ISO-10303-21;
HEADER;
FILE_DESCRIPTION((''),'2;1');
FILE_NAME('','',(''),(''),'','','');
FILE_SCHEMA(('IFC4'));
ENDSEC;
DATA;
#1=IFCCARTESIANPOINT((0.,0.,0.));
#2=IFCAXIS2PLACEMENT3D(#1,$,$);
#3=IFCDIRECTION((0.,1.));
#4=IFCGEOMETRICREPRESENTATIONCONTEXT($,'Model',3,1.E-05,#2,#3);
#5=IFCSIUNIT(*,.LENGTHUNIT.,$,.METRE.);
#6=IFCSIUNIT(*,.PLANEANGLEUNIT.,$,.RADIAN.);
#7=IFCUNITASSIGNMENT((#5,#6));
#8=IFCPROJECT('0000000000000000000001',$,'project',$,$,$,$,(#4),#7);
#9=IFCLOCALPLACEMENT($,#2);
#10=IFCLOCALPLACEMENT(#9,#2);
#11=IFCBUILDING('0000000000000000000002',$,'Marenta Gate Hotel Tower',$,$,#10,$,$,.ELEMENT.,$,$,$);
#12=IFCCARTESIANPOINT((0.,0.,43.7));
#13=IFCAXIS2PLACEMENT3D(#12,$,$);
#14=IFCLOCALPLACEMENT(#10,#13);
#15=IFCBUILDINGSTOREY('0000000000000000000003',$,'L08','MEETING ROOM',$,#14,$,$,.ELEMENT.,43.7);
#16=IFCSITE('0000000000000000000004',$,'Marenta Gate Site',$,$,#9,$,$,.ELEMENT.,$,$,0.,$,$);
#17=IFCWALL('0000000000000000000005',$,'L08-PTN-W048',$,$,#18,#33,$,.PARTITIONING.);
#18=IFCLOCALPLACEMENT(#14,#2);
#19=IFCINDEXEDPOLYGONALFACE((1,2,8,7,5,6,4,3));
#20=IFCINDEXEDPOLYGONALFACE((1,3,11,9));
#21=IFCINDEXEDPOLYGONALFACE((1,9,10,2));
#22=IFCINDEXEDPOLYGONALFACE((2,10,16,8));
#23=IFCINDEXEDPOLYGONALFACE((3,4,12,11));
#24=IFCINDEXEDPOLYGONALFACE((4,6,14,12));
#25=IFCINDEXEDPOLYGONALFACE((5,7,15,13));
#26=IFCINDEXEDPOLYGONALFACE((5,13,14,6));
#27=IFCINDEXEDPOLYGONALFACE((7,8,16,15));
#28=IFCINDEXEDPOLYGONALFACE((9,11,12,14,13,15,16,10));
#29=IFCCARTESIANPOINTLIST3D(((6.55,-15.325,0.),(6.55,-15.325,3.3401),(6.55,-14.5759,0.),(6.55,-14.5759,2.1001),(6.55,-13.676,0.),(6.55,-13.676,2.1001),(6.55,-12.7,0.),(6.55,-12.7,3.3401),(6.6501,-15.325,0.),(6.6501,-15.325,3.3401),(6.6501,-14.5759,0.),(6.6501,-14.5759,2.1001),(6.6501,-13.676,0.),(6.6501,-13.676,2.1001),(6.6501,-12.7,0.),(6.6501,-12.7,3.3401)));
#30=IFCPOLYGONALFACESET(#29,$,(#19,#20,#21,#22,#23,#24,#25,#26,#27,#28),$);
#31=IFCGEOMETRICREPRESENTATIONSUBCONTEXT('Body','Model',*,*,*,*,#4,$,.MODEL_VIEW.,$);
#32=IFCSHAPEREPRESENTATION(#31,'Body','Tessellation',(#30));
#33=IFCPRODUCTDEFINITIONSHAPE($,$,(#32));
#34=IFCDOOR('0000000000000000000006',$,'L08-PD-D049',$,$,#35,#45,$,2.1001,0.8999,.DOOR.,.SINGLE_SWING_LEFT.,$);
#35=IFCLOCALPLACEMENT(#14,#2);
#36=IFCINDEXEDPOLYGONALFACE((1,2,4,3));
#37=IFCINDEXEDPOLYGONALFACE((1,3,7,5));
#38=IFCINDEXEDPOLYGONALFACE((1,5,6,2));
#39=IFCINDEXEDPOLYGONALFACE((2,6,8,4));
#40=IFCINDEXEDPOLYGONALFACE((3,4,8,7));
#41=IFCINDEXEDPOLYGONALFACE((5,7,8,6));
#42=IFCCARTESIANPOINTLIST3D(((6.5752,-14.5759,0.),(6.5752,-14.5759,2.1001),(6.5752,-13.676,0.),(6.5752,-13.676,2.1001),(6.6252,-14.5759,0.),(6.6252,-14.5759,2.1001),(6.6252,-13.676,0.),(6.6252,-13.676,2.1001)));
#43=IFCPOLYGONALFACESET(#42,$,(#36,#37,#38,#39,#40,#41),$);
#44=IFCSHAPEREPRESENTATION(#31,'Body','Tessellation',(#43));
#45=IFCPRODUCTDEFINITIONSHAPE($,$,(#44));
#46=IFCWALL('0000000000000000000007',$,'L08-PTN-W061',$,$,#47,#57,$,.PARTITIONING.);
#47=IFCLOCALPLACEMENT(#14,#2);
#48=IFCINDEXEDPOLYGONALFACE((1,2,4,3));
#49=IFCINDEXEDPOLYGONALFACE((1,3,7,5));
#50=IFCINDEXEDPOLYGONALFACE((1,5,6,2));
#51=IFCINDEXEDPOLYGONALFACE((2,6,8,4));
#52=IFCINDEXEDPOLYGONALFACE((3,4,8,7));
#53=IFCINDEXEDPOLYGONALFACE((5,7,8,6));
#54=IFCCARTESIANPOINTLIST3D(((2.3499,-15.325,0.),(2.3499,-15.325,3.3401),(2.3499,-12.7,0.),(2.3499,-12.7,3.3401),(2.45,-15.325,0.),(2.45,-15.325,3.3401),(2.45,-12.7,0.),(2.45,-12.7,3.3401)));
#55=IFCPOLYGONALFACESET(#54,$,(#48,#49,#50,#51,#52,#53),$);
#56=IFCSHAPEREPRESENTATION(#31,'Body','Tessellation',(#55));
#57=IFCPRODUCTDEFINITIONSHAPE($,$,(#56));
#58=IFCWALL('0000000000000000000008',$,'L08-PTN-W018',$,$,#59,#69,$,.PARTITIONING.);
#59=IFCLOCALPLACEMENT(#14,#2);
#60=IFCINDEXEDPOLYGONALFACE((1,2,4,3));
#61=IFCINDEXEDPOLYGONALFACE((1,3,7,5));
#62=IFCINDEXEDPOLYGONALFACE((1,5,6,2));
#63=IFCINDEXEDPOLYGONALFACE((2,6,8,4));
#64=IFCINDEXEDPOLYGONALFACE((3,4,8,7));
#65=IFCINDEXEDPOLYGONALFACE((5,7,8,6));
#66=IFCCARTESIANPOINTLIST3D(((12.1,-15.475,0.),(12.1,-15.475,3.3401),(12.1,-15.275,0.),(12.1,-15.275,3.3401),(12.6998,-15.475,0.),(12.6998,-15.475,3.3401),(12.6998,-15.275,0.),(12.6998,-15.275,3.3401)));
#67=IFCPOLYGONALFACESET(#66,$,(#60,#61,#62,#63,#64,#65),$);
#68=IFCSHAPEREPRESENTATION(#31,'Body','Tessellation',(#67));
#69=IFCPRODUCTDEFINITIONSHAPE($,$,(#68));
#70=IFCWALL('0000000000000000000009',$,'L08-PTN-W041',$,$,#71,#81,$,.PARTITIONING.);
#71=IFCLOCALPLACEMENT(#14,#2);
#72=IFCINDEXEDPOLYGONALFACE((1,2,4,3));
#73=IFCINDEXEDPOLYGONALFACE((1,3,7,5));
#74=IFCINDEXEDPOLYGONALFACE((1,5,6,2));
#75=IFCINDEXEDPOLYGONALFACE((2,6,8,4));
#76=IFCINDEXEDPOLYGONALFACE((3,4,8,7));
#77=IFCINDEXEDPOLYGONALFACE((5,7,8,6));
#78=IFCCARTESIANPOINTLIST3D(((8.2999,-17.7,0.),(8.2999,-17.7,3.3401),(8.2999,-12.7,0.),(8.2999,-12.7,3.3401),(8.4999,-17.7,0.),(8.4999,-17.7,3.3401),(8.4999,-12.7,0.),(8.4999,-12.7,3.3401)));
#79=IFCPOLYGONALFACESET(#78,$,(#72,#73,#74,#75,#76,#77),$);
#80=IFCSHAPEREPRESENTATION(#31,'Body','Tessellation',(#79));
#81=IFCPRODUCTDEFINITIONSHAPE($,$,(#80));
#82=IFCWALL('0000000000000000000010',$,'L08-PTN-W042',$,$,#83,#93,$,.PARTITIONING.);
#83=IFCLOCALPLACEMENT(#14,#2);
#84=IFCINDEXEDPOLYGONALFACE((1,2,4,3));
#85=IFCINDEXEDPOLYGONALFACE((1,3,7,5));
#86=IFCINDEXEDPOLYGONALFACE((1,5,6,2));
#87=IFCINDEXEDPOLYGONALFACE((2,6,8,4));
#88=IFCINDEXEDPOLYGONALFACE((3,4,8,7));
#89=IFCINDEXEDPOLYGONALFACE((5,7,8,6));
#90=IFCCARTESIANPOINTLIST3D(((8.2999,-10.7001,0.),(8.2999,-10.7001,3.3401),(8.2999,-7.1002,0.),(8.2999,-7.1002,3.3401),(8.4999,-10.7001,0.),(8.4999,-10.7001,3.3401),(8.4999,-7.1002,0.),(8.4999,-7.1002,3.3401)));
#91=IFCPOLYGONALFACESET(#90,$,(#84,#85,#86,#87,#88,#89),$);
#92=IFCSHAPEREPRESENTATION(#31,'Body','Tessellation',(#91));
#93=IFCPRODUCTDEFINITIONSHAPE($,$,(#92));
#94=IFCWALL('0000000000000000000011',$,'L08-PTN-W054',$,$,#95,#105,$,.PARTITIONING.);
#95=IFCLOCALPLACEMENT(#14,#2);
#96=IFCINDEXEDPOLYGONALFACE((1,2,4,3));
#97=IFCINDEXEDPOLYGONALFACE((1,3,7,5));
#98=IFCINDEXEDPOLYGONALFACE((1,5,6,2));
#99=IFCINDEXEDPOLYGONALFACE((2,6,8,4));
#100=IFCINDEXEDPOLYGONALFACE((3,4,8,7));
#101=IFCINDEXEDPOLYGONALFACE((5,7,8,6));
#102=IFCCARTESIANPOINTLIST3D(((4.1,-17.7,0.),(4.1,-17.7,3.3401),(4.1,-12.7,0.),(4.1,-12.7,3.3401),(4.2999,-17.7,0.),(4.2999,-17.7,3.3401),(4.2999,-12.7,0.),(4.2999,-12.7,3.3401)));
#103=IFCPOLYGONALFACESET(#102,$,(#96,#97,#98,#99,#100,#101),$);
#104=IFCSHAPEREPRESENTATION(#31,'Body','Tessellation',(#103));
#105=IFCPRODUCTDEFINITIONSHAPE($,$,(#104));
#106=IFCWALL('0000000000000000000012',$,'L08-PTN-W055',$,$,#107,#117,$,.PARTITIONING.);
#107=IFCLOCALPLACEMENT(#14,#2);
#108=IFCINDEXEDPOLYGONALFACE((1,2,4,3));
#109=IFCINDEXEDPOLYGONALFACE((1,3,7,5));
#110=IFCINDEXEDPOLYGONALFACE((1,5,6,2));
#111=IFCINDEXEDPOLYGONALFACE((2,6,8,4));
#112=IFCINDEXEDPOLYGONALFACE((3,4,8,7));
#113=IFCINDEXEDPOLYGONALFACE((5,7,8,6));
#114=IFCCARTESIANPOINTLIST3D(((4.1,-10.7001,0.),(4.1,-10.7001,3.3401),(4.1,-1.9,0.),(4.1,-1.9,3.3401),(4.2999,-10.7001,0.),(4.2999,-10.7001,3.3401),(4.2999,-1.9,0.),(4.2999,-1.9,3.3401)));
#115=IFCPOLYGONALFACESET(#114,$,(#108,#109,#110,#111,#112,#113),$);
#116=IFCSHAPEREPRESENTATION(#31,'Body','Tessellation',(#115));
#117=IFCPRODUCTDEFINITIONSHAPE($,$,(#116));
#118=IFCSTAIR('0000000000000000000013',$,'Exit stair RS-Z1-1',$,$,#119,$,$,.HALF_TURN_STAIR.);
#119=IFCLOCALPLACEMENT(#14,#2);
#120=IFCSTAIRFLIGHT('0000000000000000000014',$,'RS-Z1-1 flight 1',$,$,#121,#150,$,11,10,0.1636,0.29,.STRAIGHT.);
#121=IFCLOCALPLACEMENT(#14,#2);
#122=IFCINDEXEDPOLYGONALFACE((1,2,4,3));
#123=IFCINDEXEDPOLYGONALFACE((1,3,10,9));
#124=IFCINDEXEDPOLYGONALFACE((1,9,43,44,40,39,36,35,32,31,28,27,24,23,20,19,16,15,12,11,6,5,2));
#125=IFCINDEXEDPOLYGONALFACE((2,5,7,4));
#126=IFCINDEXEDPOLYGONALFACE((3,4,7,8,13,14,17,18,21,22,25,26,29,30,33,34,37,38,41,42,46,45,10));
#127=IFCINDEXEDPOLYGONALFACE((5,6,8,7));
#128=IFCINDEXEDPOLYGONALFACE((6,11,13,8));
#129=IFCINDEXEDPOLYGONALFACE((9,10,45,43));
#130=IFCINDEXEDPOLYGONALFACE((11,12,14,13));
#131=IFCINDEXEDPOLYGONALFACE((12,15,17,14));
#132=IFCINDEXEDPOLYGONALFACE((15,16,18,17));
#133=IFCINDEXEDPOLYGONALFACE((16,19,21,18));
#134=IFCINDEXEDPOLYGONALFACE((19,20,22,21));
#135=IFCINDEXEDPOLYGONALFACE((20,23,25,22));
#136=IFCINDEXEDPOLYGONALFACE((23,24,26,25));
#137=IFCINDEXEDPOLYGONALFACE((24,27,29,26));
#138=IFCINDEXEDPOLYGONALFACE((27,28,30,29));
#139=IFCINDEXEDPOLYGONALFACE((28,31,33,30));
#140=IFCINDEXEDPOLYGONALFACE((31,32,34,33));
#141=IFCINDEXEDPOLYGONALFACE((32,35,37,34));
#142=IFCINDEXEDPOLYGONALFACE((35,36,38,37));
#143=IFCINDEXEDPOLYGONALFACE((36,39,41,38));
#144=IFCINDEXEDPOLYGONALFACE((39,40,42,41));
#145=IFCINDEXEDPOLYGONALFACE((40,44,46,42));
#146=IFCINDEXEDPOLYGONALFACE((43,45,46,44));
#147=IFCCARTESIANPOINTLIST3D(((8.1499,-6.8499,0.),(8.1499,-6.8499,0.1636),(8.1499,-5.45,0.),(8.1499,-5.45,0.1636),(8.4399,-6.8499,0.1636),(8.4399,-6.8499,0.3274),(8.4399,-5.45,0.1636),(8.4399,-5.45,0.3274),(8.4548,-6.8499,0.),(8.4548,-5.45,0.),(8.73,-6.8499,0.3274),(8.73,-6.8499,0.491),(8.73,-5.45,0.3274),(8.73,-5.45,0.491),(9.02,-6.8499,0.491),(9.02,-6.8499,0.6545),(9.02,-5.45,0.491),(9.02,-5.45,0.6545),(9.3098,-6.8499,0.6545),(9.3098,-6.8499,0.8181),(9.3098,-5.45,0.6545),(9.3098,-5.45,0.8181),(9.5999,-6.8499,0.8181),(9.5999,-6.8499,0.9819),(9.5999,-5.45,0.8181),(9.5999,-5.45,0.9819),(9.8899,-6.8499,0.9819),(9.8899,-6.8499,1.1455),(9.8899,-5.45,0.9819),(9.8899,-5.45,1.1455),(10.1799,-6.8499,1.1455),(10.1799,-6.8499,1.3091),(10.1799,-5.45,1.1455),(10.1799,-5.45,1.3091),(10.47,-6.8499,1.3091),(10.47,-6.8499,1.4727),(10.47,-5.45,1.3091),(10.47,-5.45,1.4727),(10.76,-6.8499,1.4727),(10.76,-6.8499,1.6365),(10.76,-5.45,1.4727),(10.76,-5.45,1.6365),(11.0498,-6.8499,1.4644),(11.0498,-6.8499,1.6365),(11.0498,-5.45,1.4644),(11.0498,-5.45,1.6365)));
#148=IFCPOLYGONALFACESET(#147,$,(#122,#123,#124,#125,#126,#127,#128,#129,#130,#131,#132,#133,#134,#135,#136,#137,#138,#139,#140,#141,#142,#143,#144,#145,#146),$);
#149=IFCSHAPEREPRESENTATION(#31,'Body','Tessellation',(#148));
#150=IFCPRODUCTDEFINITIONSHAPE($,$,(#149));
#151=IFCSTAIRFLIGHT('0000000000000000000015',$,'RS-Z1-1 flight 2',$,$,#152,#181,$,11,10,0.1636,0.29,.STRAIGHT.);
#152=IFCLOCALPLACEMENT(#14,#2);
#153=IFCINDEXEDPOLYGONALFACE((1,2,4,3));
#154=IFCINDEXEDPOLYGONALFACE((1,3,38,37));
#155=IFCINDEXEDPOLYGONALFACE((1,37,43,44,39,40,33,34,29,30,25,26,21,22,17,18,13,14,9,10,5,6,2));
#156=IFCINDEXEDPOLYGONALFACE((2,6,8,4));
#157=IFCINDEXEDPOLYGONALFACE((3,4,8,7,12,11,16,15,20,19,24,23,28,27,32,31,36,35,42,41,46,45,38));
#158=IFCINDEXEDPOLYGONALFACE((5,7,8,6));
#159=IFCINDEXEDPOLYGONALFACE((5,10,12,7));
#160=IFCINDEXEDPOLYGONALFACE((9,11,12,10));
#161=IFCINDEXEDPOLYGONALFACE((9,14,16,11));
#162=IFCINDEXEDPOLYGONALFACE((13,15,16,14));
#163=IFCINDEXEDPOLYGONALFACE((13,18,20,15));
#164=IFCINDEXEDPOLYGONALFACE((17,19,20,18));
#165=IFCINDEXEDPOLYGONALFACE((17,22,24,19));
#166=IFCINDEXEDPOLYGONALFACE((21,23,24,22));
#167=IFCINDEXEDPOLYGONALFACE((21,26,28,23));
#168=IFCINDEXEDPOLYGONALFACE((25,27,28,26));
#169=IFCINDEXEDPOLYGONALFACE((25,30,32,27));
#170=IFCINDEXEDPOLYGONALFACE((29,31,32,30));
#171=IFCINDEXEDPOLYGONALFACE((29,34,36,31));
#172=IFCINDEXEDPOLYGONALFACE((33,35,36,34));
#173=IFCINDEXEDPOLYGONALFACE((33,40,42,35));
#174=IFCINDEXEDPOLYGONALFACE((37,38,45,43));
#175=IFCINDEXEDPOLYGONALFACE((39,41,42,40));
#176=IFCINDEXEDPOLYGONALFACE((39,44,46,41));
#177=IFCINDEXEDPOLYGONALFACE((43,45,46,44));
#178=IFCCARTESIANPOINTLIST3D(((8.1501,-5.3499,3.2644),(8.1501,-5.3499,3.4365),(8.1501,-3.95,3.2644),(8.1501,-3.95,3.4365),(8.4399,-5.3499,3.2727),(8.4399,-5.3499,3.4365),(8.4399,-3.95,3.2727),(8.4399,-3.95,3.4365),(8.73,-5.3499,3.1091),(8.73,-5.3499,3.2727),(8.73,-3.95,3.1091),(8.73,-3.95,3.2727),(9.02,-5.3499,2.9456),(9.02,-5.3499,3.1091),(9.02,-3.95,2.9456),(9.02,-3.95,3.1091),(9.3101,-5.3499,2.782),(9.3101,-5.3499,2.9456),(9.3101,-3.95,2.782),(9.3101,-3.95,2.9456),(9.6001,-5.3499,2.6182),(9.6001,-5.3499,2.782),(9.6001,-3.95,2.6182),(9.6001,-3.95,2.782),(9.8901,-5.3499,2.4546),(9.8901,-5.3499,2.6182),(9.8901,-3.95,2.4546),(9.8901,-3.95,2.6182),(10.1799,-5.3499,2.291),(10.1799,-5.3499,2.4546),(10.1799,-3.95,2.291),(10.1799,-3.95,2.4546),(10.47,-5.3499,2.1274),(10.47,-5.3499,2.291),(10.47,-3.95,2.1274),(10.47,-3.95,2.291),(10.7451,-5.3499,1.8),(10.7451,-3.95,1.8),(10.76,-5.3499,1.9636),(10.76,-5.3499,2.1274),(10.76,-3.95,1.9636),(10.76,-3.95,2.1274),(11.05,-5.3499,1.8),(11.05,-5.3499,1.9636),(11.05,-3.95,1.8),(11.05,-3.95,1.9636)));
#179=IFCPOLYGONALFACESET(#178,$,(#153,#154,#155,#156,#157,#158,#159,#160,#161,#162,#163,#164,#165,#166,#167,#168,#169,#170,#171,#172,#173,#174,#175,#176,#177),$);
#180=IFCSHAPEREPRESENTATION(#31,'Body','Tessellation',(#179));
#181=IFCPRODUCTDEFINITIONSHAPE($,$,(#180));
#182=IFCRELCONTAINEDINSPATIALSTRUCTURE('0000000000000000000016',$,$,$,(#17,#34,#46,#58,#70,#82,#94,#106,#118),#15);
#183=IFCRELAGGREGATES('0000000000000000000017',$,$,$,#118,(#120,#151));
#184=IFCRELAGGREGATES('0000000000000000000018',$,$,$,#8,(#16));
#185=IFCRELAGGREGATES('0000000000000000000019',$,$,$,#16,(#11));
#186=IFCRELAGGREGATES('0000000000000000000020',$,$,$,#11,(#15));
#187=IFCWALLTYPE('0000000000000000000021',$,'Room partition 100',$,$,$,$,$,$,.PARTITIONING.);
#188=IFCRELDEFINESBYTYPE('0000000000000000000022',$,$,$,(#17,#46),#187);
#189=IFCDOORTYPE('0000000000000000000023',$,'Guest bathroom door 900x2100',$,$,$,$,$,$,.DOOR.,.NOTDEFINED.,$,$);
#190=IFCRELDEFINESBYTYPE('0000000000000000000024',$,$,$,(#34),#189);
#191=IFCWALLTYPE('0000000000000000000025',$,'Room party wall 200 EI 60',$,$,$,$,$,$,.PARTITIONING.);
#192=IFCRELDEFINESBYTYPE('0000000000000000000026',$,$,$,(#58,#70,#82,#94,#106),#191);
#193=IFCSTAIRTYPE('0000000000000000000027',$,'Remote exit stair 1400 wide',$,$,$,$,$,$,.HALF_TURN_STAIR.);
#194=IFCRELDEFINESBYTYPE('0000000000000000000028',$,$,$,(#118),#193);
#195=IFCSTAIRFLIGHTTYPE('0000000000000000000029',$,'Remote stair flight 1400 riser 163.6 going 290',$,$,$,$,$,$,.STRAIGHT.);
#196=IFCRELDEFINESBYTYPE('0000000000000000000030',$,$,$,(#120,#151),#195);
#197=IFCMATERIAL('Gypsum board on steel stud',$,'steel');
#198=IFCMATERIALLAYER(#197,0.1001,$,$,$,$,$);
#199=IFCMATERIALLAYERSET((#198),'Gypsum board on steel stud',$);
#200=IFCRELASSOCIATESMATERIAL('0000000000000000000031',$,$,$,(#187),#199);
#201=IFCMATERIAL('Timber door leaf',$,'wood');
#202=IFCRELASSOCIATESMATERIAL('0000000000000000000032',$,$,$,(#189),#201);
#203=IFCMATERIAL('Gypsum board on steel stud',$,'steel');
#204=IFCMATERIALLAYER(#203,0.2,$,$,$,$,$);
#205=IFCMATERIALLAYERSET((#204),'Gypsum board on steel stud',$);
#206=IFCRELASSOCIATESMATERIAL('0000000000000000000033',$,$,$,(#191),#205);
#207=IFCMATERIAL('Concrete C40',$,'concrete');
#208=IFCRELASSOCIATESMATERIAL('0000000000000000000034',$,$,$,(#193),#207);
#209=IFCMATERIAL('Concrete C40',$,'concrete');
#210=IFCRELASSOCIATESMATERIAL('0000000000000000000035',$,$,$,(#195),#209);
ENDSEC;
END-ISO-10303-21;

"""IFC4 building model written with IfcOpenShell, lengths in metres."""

from ifc_helpers import new_model, si_unit, direction, frame, frame_2d, origin, place, context, subcontext, project, spatial, polyline, rectangle, outline, extrude, material, layer, layer_set, type_object, element, fill, aggregate, save


model = new_model("IFC4")

# Units and contexts
model_context = context("Model", 3, precision=1e-05, world=origin(), true_north=direction((0.0, 1.0)))
body_context = subcontext(model_context, "Body", "Model", "MODEL_VIEW")
ifc_project = project(units=[si_unit("LENGTHUNIT", "METRE"), si_unit("PLANEANGLEUNIT", "RADIAN")], contexts=[model_context])

# Site, building, storey
site_placement = place(None, origin())
site = spatial("IfcSite", under=ifc_project, at=site_placement, Name="Marenta Gate Site", CompositionType="ELEMENT", RefElevation=0.0)
building_placement = place(site_placement, origin())
building = spatial("IfcBuilding", under=site, at=building_placement, Name="Marenta Gate Hotel Tower", CompositionType="ELEMENT")
storey_placement = place(building_placement, frame((0.0, 0.0, 43.7)))
storey = spatial("IfcBuildingStorey", under=building, at=storey_placement, Name="L08", Description="MEETING ROOM", CompositionType="ELEMENT", Elevation=43.7)

# Shared definitions
ifc_material_1 = material(Name="Gypsum board on steel stud", Category="steel")
ifc_layer_1 = layer(ifc_material_1, 0.1001)
ifc_layer_set_1 = layer_set([ifc_layer_1], Name="Gypsum board on steel stud")
wall_type_1 = type_object("IfcWallType", Name="Room partition 100", PredefinedType="PARTITIONING", material=ifc_layer_set_1)

# Wall, opening, door
ifc_material_2 = material(Name="Timber door leaf", Category="wood")
door_type_1 = type_object("IfcDoorType", Name="Guest bathroom door 900x2100", OperationType="NOTDEFINED", PredefinedType="DOOR", material=ifc_material_2)
wall_1_placement = place(storey_placement, frame((6.6001, -15.325, 0.0), z_axis=(0.0, 0.0, 1.0), x_axis=(0.0, 1.0, 0.0)))
wall_1 = element("IfcWall", 1, at=wall_1_placement, inside=storey, type_object=wall_type_1, Name="L08-PTN-W048", PredefinedType="PARTITIONING", context=body_context, shape_type="SweptSolid", body=[
    extrude(rectangle(XDim=2.625, YDim=0.1001, at=frame_2d((1.3125, 0.0))), origin(), (0.0, 0.0, 1.0), 3.3401),
])
opening_1_placement = place(wall_1_placement, frame((0.749, 0.0, 0.0)))
opening_1 = element("IfcOpeningElement", 2, at=opening_1_placement, cuts=wall_1, PredefinedType="OPENING", context=body_context, shape_type="SweptSolid", body=[
    extrude(rectangle(XDim=0.8999, YDim=2.1001, at=frame_2d((0.45, 1.05))), frame((0.0, 0.05, 0.0), z_axis=(0.0, -1.0, 0.0), x_axis=(1.0, 0.0, 0.0)), (0.0, 0.0, 1.0), 0.1001),
])
door_1_placement = place(opening_1_placement, origin())
door_1 = element("IfcDoor", 3, at=door_1_placement, inside=storey, type_object=door_type_1, Name="L08-PD-D049", OperationType="SINGLE_SWING_LEFT", OverallHeight=2.1001, OverallWidth=0.8999, PredefinedType="DOOR", context=body_context, shape_type="SweptSolid", body=[
    extrude(rectangle(XDim=0.8999, YDim=2.1001, at=frame_2d((0.45, 1.05))), frame((0.0, 0.0249, 0.0), z_axis=(0.0, -1.0, 0.0), x_axis=(1.0, 0.0, 0.0)), (0.0, 0.0, 1.0), 0.05),
])
fill(opening_1, door_1)

# Walls
wall_2_placement = place(storey_placement, frame((2.3999, -15.325, 0.0), z_axis=(0.0, 0.0, 1.0), x_axis=(0.0, 1.0, 0.0)))
element("IfcWall", 4, at=wall_2_placement, inside=storey, type_object=wall_type_1, Name="L08-PTN-W061", PredefinedType="PARTITIONING", context=body_context, shape_type="SweptSolid", body=[
    extrude(rectangle(XDim=2.625, YDim=0.1001, at=frame_2d((1.3125, 0.0))), origin(), (0.0, 0.0, 1.0), 3.3401),
])
ifc_material_3 = material(Name="Gypsum board on steel stud", Category="steel")
ifc_layer_2 = layer(ifc_material_3, 0.2)
ifc_layer_set_2 = layer_set([ifc_layer_2], Name="Gypsum board on steel stud")
wall_type_2 = type_object("IfcWallType", Name="Room party wall 200 EI 60", PredefinedType="PARTITIONING", material=ifc_layer_set_2)
wall_3_placement = place(storey_placement, frame((12.1001, -15.375, 0.0), z_axis=(0.0, 0.0, 1.0), x_axis=(1.0, 0.0, 0.0)))
element("IfcWall", 5, at=wall_3_placement, inside=storey, type_object=wall_type_2, Name="L08-PTN-W018", PredefinedType="PARTITIONING", context=body_context, shape_type="SweptSolid", body=[
    extrude(rectangle(XDim=0.5999, YDim=0.2, at=frame_2d((0.2998, 0.0))), origin(), (0.0, 0.0, 1.0), 3.3401),
])
wall_4_placement = place(storey_placement, frame((8.3999, -17.7, 0.0), z_axis=(0.0, 0.0, 1.0), x_axis=(0.0, 1.0, 0.0)))
element("IfcWall", 6, at=wall_4_placement, inside=storey, type_object=wall_type_2, Name="L08-PTN-W041", PredefinedType="PARTITIONING", context=body_context, shape_type="SweptSolid", body=[
    extrude(rectangle(XDim=5.0, YDim=0.2, at=frame_2d((2.5, 0.0))), origin(), (0.0, 0.0, 1.0), 3.3401),
])
wall_5_placement = place(storey_placement, frame((8.3999, -10.7, 0.0), z_axis=(0.0, 0.0, 1.0), x_axis=(0.0, 1.0, 0.0)))
element("IfcWall", 7, at=wall_5_placement, inside=storey, type_object=wall_type_2, Name="L08-PTN-W042", PredefinedType="PARTITIONING", context=body_context, shape_type="SweptSolid", body=[
    extrude(rectangle(XDim=3.5999, YDim=0.2, at=frame_2d((1.7998, 0.0))), origin(), (0.0, 0.0, 1.0), 3.3401),
])
wall_6_placement = place(storey_placement, frame((4.2, -17.7, 0.0), z_axis=(0.0, 0.0, 1.0), x_axis=(0.0, 1.0, 0.0)))
element("IfcWall", 8, at=wall_6_placement, inside=storey, type_object=wall_type_2, Name="L08-PTN-W054", PredefinedType="PARTITIONING", context=body_context, shape_type="SweptSolid", body=[
    extrude(rectangle(XDim=5.0, YDim=0.2, at=frame_2d((2.5, 0.0))), origin(), (0.0, 0.0, 1.0), 3.3401),
])
wall_7_placement = place(storey_placement, frame((4.2, -10.7, 0.0), z_axis=(0.0, 0.0, 1.0), x_axis=(0.0, 1.0, 0.0)))
element("IfcWall", 9, at=wall_7_placement, inside=storey, type_object=wall_type_2, Name="L08-PTN-W055", PredefinedType="PARTITIONING", context=body_context, shape_type="SweptSolid", body=[
    extrude(rectangle(XDim=8.8, YDim=0.2, at=frame_2d((4.3999, 0.0))), origin(), (0.0, 0.0, 1.0), 3.3401),
])

# Stair, stair flights
ifc_material_4 = material(Name="Concrete C40", Category="concrete")
stair_type = type_object("IfcStairType", Name="Remote exit stair 1400 wide", PredefinedType="HALF_TURN_STAIR", material=ifc_material_4)
stair_placement = place(storey_placement, origin())
stair = element("IfcStair", 10, at=stair_placement, inside=storey, type_object=stair_type, Name="Exit stair RS-Z1-1", PredefinedType="HALF_TURN_STAIR")
ifc_material_5 = material(Name="Concrete C40", Category="concrete")
stair_flight_type = type_object("IfcStairFlightType", Name="Remote stair flight 1400 riser 163.6 going 290", PredefinedType="STRAIGHT", material=ifc_material_5)
stair_flight_1_placement = place(storey_placement, frame((8.1499, -6.1499, 0.0), z_axis=(0.0, 0.0, 1.0), x_axis=(1.0, 0.0, 0.0)))
stair_flight_1 = element("IfcStairFlight", 11, at=stair_flight_1_placement, type_object=stair_flight_type, Name="RS-Z1-1 flight 1", NumberOfRisers=11, NumberOfTreads=10, PredefinedType="STRAIGHT", RiserHeight=0.1636, TreadLength=0.29, context=body_context, shape_type="SweptSolid", body=[
    extrude(outline(polyline([(0.0, 0.0), (0.0, 0.1636), (0.29, 0.1636), (0.29, 0.3274), (0.5801, 0.3274), (0.5801, 0.491), (0.8701, 0.491), (0.8701, 0.6545), (1.1599, 0.6545), (1.1599, 0.8181), (1.45, 0.8181), (1.45, 0.9819), (1.74, 0.9819), (1.74, 1.1455), (2.03, 1.1455), (2.03, 1.3091), (2.3201, 1.3091), (2.3201, 1.4727), (2.6101, 1.4727), (2.6101, 1.6365), (2.8999, 1.6365), (2.8999, 1.8), (2.8999, 1.4644), (0.3049, 0.0), (0.0, 0.0)])), frame((0.0, 0.7, 0.0), z_axis=(0.0, -1.0, 0.0), x_axis=(1.0, 0.0, 0.0)), (0.0, 0.0, 1.0), 1.3999),
])
stair_flight_2_placement = place(storey_placement, frame((11.05, -4.6499, 1.8), z_axis=(0.0, 0.0, 1.0), x_axis=(-1.0, 0.0, 0.0)))
stair_flight_2 = element("IfcStairFlight", 12, at=stair_flight_2_placement, type_object=stair_flight_type, Name="RS-Z1-1 flight 2", NumberOfRisers=11, NumberOfTreads=10, PredefinedType="STRAIGHT", RiserHeight=0.1636, TreadLength=0.29, context=body_context, shape_type="SweptSolid", body=[
    extrude(outline(polyline([(0.0, 0.0), (0.0, 0.1636), (0.29, 0.1636), (0.29, 0.3274), (0.5801, 0.3274), (0.5801, 0.491), (0.8701, 0.491), (0.8701, 0.6545), (1.1599, 0.6545), (1.1599, 0.8181), (1.45, 0.8181), (1.45, 0.9819), (1.74, 0.9819), (1.74, 1.1455), (2.03, 1.1455), (2.03, 1.3091), (2.3201, 1.3091), (2.3201, 1.4727), (2.6101, 1.4727), (2.6101, 1.6365), (2.8999, 1.6365), (2.8999, 1.8), (2.8999, 1.4644), (0.3049, 0.0), (0.0, 0.0)])), frame((0.0, 0.7, 0.0), z_axis=(0.0, -1.0, 0.0), x_axis=(1.0, 0.0, 0.0)), (0.0, 0.0, 1.0), 1.3999),
])
aggregate(stair, [stair_flight_1, stair_flight_2])

save(model, "model.ifc")
